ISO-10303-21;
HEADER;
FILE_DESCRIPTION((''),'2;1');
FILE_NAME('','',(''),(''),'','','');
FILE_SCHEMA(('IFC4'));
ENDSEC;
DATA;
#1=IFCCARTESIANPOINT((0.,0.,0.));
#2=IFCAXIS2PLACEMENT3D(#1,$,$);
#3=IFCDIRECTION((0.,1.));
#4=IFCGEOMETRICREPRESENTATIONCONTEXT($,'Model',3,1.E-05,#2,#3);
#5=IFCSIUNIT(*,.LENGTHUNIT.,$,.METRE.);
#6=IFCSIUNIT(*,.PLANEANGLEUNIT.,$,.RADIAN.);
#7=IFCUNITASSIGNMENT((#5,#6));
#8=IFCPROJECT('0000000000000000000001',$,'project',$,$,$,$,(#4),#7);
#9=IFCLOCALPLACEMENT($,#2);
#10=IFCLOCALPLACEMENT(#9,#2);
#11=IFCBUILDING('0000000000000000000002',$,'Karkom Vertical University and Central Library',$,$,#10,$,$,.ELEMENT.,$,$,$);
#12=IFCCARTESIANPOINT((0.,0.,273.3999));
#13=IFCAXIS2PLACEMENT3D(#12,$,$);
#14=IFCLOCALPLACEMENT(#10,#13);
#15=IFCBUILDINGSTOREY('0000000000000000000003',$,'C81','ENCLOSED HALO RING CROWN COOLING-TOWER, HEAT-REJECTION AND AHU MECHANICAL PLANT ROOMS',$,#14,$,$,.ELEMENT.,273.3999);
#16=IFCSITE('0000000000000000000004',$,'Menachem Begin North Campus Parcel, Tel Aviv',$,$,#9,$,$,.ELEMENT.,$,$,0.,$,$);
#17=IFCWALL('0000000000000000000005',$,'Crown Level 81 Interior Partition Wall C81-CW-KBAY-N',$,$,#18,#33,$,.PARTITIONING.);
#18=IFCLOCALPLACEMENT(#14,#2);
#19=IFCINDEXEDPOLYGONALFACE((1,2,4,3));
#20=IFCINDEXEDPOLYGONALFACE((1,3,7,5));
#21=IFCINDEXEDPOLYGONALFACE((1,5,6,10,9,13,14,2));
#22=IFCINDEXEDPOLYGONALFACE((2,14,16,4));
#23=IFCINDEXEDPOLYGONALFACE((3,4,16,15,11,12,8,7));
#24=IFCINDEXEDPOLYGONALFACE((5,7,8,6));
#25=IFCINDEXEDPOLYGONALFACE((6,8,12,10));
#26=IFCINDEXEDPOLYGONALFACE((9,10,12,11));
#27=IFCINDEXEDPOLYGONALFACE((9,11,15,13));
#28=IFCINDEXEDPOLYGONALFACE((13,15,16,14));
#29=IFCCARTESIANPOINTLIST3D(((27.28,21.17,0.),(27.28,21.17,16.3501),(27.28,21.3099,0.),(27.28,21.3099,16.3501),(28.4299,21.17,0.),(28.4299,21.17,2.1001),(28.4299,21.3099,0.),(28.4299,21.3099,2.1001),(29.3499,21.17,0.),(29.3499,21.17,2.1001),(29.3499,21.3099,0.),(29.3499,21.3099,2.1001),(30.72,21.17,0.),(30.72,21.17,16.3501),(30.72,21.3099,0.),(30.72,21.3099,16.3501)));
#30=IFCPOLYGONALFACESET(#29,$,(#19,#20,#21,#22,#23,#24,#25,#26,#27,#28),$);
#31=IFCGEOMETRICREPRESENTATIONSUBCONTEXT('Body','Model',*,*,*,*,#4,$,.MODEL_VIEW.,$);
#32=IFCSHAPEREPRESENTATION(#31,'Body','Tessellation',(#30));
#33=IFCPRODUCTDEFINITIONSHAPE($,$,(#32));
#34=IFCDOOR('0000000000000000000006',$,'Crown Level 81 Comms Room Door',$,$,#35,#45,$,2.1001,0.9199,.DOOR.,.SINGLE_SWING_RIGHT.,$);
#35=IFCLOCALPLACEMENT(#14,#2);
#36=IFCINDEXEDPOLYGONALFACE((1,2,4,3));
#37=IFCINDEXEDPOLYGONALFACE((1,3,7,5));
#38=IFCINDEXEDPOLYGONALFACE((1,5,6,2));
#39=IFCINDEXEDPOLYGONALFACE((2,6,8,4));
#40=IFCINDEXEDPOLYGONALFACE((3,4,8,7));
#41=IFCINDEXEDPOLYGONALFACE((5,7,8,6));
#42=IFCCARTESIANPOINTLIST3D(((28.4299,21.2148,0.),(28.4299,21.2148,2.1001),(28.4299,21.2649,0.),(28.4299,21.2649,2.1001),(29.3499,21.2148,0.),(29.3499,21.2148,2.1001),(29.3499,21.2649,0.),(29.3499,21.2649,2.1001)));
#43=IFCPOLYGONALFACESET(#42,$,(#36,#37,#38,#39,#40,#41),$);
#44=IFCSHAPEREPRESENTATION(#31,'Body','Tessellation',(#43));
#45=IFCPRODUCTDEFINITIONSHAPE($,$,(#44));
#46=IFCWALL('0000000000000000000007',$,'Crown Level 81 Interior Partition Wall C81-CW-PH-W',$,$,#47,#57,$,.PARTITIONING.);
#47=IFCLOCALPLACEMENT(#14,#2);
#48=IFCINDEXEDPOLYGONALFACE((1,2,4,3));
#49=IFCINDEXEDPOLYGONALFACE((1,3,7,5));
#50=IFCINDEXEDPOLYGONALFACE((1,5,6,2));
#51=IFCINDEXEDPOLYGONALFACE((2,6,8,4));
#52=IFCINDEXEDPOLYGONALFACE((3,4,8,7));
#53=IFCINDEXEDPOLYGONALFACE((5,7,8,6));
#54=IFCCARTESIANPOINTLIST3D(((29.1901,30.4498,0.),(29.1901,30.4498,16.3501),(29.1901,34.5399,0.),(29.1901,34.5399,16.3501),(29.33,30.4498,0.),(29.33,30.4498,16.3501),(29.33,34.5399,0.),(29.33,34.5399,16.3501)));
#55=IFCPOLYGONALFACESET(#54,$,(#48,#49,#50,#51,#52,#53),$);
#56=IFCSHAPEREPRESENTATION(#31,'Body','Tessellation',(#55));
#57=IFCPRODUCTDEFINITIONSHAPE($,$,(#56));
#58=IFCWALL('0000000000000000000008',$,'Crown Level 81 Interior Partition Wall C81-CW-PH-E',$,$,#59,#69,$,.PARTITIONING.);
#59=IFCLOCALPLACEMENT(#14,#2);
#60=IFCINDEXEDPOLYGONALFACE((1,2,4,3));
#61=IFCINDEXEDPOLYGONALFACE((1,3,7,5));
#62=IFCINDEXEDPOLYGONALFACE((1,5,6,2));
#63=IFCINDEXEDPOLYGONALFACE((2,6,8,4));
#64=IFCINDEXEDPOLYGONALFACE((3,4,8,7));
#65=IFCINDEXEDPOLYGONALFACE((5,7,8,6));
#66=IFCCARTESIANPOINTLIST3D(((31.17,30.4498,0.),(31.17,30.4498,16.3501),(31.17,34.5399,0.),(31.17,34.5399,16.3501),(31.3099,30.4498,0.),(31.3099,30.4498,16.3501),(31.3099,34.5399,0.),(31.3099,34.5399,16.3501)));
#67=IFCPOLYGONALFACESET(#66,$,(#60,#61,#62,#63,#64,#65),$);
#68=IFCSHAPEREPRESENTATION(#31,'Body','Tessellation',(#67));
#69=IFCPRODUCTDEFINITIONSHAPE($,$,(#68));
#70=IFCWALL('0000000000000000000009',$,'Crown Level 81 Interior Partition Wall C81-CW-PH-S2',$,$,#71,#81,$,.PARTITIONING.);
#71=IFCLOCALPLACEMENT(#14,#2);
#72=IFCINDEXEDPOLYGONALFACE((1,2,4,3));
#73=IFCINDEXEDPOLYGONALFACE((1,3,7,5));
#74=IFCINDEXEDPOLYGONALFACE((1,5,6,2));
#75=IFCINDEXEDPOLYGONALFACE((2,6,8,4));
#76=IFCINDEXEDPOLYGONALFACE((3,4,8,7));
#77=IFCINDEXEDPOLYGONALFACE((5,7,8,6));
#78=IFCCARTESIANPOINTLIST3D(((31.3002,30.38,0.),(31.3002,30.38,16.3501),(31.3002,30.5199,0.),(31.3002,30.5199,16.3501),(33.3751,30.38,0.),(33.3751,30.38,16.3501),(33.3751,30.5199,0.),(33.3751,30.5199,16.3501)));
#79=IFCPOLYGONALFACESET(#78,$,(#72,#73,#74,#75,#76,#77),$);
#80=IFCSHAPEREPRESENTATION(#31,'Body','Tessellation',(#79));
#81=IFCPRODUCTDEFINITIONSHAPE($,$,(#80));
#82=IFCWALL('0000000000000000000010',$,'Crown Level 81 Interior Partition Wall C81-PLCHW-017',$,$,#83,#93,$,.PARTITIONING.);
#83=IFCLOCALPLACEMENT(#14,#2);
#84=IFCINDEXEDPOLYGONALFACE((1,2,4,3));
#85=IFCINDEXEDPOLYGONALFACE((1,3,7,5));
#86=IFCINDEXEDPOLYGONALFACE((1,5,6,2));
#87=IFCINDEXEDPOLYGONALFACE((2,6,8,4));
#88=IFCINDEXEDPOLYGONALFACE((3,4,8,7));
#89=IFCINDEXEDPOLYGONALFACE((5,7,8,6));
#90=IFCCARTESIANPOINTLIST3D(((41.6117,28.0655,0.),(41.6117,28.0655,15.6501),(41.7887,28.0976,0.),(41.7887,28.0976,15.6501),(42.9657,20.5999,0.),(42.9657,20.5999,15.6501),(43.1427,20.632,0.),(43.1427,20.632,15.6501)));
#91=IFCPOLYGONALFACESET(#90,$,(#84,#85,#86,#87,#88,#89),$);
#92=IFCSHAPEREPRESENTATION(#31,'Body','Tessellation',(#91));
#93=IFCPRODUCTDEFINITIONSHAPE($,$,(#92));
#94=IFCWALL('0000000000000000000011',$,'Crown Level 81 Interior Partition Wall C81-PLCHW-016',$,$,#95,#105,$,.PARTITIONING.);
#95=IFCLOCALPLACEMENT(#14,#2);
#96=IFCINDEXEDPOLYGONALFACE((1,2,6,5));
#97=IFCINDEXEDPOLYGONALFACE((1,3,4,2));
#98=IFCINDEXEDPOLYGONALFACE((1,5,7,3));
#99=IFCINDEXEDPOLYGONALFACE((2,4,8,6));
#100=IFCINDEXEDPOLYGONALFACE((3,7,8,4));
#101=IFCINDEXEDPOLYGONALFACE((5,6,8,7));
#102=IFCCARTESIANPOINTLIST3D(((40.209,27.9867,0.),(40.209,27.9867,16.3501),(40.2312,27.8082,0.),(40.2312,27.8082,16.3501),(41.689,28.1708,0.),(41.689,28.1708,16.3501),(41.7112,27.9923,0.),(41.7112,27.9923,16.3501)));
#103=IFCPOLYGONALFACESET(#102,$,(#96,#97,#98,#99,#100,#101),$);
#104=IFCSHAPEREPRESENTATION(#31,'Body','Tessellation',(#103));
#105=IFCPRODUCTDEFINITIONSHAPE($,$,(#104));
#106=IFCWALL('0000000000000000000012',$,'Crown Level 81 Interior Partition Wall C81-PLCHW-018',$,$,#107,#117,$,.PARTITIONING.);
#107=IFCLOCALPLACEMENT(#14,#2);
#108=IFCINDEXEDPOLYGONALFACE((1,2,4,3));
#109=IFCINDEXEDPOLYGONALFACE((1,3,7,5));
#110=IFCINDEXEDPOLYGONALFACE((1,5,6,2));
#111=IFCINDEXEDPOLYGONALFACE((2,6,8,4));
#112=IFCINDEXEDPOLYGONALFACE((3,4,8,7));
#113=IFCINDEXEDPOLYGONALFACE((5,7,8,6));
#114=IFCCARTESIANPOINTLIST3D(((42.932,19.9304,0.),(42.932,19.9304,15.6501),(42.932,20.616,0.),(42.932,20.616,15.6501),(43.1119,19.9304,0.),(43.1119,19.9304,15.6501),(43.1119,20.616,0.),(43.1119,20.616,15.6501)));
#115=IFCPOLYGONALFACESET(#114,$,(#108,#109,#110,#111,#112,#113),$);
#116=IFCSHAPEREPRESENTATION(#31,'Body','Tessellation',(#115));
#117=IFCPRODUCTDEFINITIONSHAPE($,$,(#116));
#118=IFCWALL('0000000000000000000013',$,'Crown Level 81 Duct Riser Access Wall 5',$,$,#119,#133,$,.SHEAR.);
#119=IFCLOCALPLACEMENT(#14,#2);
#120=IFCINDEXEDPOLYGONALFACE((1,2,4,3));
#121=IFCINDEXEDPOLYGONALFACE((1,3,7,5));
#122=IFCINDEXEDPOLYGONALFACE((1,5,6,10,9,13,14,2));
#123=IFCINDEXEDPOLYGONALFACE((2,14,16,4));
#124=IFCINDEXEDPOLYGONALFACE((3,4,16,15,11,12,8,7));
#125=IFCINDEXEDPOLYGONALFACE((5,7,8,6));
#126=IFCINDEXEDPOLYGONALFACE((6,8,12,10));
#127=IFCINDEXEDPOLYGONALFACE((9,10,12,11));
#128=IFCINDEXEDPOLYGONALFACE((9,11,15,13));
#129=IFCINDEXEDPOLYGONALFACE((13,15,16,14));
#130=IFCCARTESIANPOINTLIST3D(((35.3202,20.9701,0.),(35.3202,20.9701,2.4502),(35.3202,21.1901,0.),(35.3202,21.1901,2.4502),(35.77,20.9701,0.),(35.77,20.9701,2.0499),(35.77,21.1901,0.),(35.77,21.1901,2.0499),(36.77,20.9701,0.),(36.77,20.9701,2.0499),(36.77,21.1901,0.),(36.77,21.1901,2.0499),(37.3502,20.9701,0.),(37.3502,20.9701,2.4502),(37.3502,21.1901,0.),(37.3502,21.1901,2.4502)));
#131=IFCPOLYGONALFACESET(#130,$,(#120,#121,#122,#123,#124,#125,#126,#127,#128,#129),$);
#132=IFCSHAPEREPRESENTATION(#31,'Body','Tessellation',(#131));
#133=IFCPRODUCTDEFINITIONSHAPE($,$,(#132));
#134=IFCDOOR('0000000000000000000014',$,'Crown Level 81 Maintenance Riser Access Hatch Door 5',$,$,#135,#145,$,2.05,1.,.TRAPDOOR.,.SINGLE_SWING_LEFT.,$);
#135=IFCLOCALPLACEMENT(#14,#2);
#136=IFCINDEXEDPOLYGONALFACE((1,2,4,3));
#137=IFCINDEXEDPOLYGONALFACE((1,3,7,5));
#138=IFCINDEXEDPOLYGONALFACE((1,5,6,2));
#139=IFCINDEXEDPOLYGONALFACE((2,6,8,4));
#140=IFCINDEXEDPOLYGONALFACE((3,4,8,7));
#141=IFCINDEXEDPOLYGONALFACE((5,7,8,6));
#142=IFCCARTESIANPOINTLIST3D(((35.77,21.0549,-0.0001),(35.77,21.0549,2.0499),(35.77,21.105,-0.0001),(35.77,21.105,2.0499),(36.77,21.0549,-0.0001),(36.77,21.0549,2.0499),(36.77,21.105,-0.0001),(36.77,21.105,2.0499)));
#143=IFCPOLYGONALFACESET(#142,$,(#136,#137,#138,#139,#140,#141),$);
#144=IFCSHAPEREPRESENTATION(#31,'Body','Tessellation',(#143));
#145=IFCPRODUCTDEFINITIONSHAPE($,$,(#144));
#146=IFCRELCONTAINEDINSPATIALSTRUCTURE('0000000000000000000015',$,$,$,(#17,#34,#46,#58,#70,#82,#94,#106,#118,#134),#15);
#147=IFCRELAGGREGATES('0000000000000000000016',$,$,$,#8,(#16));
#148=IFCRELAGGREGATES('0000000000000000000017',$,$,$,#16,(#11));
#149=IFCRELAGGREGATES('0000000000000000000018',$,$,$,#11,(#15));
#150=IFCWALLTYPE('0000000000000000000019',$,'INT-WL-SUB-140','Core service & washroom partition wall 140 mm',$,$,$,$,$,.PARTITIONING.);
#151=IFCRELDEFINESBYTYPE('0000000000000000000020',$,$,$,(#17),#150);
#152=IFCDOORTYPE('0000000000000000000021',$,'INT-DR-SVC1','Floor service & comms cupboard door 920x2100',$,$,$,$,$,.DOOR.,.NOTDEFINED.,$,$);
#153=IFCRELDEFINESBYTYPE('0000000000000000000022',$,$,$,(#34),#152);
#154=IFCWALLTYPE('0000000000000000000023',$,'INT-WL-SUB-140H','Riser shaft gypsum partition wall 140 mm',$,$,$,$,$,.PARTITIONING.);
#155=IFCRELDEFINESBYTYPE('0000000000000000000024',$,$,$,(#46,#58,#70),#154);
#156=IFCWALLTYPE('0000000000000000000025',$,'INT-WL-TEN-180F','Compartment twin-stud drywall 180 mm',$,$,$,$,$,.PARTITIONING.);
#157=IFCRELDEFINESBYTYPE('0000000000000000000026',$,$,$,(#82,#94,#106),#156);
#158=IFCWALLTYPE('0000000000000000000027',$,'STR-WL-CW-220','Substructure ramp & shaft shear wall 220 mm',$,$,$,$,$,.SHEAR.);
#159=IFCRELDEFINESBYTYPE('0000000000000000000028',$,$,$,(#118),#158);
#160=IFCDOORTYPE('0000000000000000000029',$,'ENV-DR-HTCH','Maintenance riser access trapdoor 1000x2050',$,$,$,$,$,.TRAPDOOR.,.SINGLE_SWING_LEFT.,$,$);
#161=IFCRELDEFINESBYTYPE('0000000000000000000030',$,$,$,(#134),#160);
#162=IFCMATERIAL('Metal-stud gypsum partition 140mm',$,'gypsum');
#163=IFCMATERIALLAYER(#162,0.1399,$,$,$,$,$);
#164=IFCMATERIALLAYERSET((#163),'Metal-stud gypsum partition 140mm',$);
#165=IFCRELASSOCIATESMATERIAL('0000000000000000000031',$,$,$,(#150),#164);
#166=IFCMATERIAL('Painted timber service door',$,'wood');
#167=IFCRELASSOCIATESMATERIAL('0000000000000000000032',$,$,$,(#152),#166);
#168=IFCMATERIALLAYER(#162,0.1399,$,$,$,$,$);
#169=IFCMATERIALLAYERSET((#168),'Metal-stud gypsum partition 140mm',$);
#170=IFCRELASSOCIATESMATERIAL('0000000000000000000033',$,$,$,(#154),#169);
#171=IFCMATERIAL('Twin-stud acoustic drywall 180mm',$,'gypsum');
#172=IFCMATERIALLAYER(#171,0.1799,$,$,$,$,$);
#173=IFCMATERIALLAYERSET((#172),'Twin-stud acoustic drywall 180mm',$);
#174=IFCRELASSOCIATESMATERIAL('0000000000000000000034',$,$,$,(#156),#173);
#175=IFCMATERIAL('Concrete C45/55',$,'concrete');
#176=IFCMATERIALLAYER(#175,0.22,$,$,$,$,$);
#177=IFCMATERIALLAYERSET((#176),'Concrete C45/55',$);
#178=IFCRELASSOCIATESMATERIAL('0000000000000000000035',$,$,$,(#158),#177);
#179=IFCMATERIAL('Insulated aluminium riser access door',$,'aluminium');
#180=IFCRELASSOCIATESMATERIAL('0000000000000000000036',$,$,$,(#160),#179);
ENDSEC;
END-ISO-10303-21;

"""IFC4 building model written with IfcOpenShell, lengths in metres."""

from ifc_helpers import new_model, si_unit, direction, frame, frame_2d, origin, origin_with_axes, place, context, subcontext, project, spatial, rectangle, extrude, source, transform, mapped, material, layer, layer_set, type_object, element, fill, save


model = new_model("IFC4")

# Units and contexts
model_context = context("Model", 3, precision=1e-05, world=origin(), true_north=direction((0.0, 1.0)))
body_context = subcontext(model_context, "Body", "Model", "MODEL_VIEW")
ifc_project = project(units=[si_unit("LENGTHUNIT", "METRE"), si_unit("PLANEANGLEUNIT", "RADIAN")], contexts=[model_context])

# Site, building, storey
site_placement = place(None, origin())
site = spatial("IfcSite", under=ifc_project, at=site_placement, Name="Menachem Begin North Campus Parcel, Tel Aviv", CompositionType="ELEMENT", RefElevation=0.0)
building_placement = place(site_placement, origin())
building = spatial("IfcBuilding", under=site, at=building_placement, Name="Karkom Vertical University and Central Library", CompositionType="ELEMENT")
storey_placement = place(building_placement, frame((0.0, 0.0, 273.3999)))
storey = spatial("IfcBuildingStorey", under=building, at=storey_placement, Name="C81", Description="ENCLOSED HALO RING CROWN COOLING-TOWER, HEAT-REJECTION AND AHU MECHANICAL PLANT ROOMS", CompositionType="ELEMENT", Elevation=273.3999)

# Shared definitions
ifc_material_1 = material(Name="Concrete C45/55", Category="concrete")

# Wall, opening, door
ifc_material_2 = material(Name="Metal-stud gypsum partition 140mm", Category="gypsum")
ifc_layer_1 = layer(ifc_material_2, 0.1399)
ifc_layer_set_1 = layer_set([ifc_layer_1], Name="Metal-stud gypsum partition 140mm")
wall_type_1 = type_object("IfcWallType", Name="INT-WL-SUB-140", Description="Core service & washroom partition wall 140 mm", PredefinedType="PARTITIONING", material=ifc_layer_set_1)
wall_1_placement = place(storey_placement, frame((27.28, 21.24, 0.0), z_axis=(0.0, 0.0, 1.0), x_axis=(1.0, 0.0, 0.0)))
wall_1 = element("IfcWall", 1, at=wall_1_placement, inside=storey, type_object=wall_type_1, Name="Crown Level 81 Interior Partition Wall C81-CW-KBAY-N", PredefinedType="PARTITIONING", context=body_context, shape_type="SweptSolid", body=[
    extrude(rectangle(XDim=3.4399, YDim=0.1399, at=frame_2d((1.72, 0.0))), origin(), (0.0, 0.0, 1.0), 16.3501),
])
opening_1_placement = place(wall_1_placement, frame((1.1499, 0.0, 0.0)))
opening_1 = element("IfcOpeningElement", 2, at=opening_1_placement, cuts=wall_1, PredefinedType="OPENING", context=body_context, shape_type="SweptSolid", body=[
    extrude(rectangle(XDim=0.9199, YDim=2.1001, at=frame_2d((0.46, 1.05))), frame((0.0, 0.0801, 0.0), z_axis=(0.0, -1.0, 0.0), x_axis=(1.0, 0.0, 0.0)), (0.0, 0.0, 1.0), 0.1599),
])
ifc_material_3 = material(Name="Painted timber service door", Category="wood")
door_type_1 = type_object("IfcDoorType", Name="INT-DR-SVC1", Description="Floor service & comms cupboard door 920x2100", OperationType="NOTDEFINED", PredefinedType="DOOR", material=ifc_material_3)
shared_shape_1 = source(origin_with_axes(), body_context, "Body", "SweptSolid", [
    extrude(rectangle(XDim=0.9199, YDim=2.1001, at=frame_2d((0.46, 1.05))), frame((0.0, 0.0249, 0.0), z_axis=(0.0, -1.0, 0.0), x_axis=(1.0, 0.0, 0.0)), (0.0, 0.0, 1.0), 0.05),
])
door_1_placement = place(opening_1_placement, origin())
door_1 = element("IfcDoor", 3, at=door_1_placement, inside=storey, type_object=door_type_1, Name="Crown Level 81 Comms Room Door", OperationType="SINGLE_SWING_RIGHT", OverallHeight=2.1001, OverallWidth=0.9199, PredefinedType="DOOR", context=body_context, shape_type="MappedRepresentation", body=[
    mapped(shared_shape_1, transform((0.0, 0.0, 0.0), scale=1.0)),
])
fill(opening_1, door_1)

# Walls
ifc_layer_2 = layer(ifc_material_2, 0.1399)
ifc_layer_set_2 = layer_set([ifc_layer_2], Name="Metal-stud gypsum partition 140mm")
wall_type_2 = type_object("IfcWallType", Name="INT-WL-SUB-140H", Description="Riser shaft gypsum partition wall 140 mm", PredefinedType="PARTITIONING", material=ifc_layer_set_2)
for number, where, z_axis, x_axis, name in (
    (4, (29.26, 30.45, 0.0), (0.0, 0.0, 1.0), (0.0, 1.0, 0.0), "Crown Level 81 Interior Partition Wall C81-CW-PH-W"),
    (5, (31.24, 30.45, 0.0), (0.0, 0.0, 1.0), (0.0, 1.0, 0.0), "Crown Level 81 Interior Partition Wall C81-CW-PH-E"),
):
    element("IfcWall", number, at=place(storey_placement, frame(where, z_axis=z_axis, x_axis=x_axis)), inside=storey, type_object=wall_type_2, Name=name, PredefinedType="PARTITIONING", context=body_context, shape_type="SweptSolid", body=[
        extrude(rectangle(XDim=4.0901, YDim=0.1399, at=frame_2d((2.0449, 0.0))), origin(), (0.0, 0.0, 1.0), 16.3501),
    ])
wall_2_placement = place(storey_placement, frame((31.3, 30.45, 0.0), z_axis=(0.0, 0.0, 1.0), x_axis=(1.0, 0.0, 0.0)))
element("IfcWall", 6, at=wall_2_placement, inside=storey, type_object=wall_type_2, Name="Crown Level 81 Interior Partition Wall C81-CW-PH-S2", PredefinedType="PARTITIONING", context=body_context, shape_type="SweptSolid", body=[
    extrude(rectangle(XDim=2.075, YDim=0.1399, at=frame_2d((1.0376, 0.0))), origin(), (0.0, 0.0, 1.0), 16.3501),
])
ifc_material_4 = material(Name="Twin-stud acoustic drywall 180mm", Category="gypsum")
ifc_layer_3 = layer(ifc_material_4, 0.1799)
ifc_layer_set_3 = layer_set([ifc_layer_3], Name="Twin-stud acoustic drywall 180mm")
wall_type_3 = type_object("IfcWallType", Name="INT-WL-TEN-180F", Description="Compartment twin-stud drywall 180 mm", PredefinedType="PARTITIONING", material=ifc_layer_set_3)
wall_3_placement = place(storey_placement, frame((41.7002, 28.0815, 0.0), z_axis=(0.0, 0.0, 1.0), x_axis=(0.178455, -0.983948, 0.0)))
element("IfcWall", 7, at=wall_3_placement, inside=storey, type_object=wall_type_3, Name="Crown Level 81 Interior Partition Wall C81-PLCHW-017", PredefinedType="PARTITIONING", context=body_context, shape_type="SweptSolid", body=[
    extrude(rectangle(XDim=7.5874, YDim=0.1799, at=frame_2d((3.7937, 0.0))), origin(), (0.0, 0.0, 1.0), 15.6501),
])
wall_4_placement = place(storey_placement, frame((40.2202, 27.8975, 0.0), z_axis=(0.0, 0.0, 1.0), x_axis=(0.992353, 0.12343, 0.0)))
element("IfcWall", 8, at=wall_4_placement, inside=storey, type_object=wall_type_3, Name="Crown Level 81 Interior Partition Wall C81-PLCHW-016", PredefinedType="PARTITIONING", context=body_context, shape_type="SweptSolid", body=[
    extrude(rectangle(XDim=1.4915, YDim=0.1799, at=frame_2d((0.7456, 0.0))), origin(), (0.0, 0.0, 1.0), 16.3501),
])
wall_5_placement = place(storey_placement, frame((43.022, 20.616, 0.0), z_axis=(0.0, 0.0, 1.0), x_axis=(0.0, -1.0, 0.0)))
element("IfcWall", 9, at=wall_5_placement, inside=storey, type_object=wall_type_3, Name="Crown Level 81 Interior Partition Wall C81-PLCHW-018", PredefinedType="PARTITIONING", context=body_context, shape_type="SweptSolid", body=[
    extrude(rectangle(XDim=0.6855, YDim=0.1799, at=frame_2d((0.3428, 0.0))), origin(), (0.0, 0.0, 1.0), 15.6501),
])

# Wall, opening, door
ifc_layer_4 = layer(ifc_material_1, 0.22)
ifc_layer_set_4 = layer_set([ifc_layer_4], Name="Concrete C45/55")
wall_type_4 = type_object("IfcWallType", Name="STR-WL-CW-220", Description="Substructure ramp & shaft shear wall 220 mm", PredefinedType="SHEAR", material=ifc_layer_set_4)
wall_6_placement = place(storey_placement, frame((35.3201, 21.0801, 0.0), z_axis=(0.0, 0.0, 1.0), x_axis=(1.0, 0.0, 0.0)))
wall_6 = element("IfcWall", 10, at=wall_6_placement, inside=storey, type_object=wall_type_4, Name="Crown Level 81 Duct Riser Access Wall 5", PredefinedType="SHEAR", context=body_context, shape_type="SweptSolid", body=[
    extrude(rectangle(XDim=2.03, YDim=0.22, at=frame_2d((1.0151, 0.0))), origin(), (0.0, 0.0, 1.0), 2.4502),
])
opening_2_placement = place(wall_6_placement, frame((0.45, 0.0, 0.0)))
opening_2 = element("IfcOpeningElement", 11, at=opening_2_placement, cuts=wall_6, PredefinedType="OPENING", context=body_context, shape_type="SweptSolid", body=[
    extrude(rectangle(XDim=1.0, YDim=2.05, at=frame_2d((0.5, 1.0249))), frame((0.0, 0.1201, 0.0), z_axis=(0.0, -1.0, 0.0), x_axis=(1.0, 0.0, 0.0)), (0.0, 0.0, 1.0), 0.24),
])
ifc_material_5 = material(Name="Insulated aluminium riser access door", Category="aluminium")
door_type_2 = type_object("IfcDoorType", Name="ENV-DR-HTCH", Description="Maintenance riser access trapdoor 1000x2050", OperationType="SINGLE_SWING_LEFT", PredefinedType="TRAPDOOR", material=ifc_material_5)
shared_shape_2 = source(origin_with_axes(), body_context, "Body", "SweptSolid", [
    extrude(rectangle(XDim=1.0, YDim=2.05, at=frame_2d((0.5, 1.0249))), frame((0.0, 0.0249, 0.0), z_axis=(0.0, -1.0, 0.0), x_axis=(1.0, 0.0, 0.0)), (0.0, 0.0, 1.0), 0.05),
])
door_2_placement = place(opening_2_placement, origin())
door_2 = element("IfcDoor", 12, at=door_2_placement, inside=storey, type_object=door_type_2, Name="Crown Level 81 Maintenance Riser Access Hatch Door 5", OperationType="SINGLE_SWING_LEFT", OverallHeight=2.05, OverallWidth=1.0, PredefinedType="TRAPDOOR", context=body_context, shape_type="MappedRepresentation", body=[
    mapped(shared_shape_2, transform((0.0, 0.0, 0.0), scale=1.0)),
])
fill(opening_2, door_2)

save(model, "model.ifc")
